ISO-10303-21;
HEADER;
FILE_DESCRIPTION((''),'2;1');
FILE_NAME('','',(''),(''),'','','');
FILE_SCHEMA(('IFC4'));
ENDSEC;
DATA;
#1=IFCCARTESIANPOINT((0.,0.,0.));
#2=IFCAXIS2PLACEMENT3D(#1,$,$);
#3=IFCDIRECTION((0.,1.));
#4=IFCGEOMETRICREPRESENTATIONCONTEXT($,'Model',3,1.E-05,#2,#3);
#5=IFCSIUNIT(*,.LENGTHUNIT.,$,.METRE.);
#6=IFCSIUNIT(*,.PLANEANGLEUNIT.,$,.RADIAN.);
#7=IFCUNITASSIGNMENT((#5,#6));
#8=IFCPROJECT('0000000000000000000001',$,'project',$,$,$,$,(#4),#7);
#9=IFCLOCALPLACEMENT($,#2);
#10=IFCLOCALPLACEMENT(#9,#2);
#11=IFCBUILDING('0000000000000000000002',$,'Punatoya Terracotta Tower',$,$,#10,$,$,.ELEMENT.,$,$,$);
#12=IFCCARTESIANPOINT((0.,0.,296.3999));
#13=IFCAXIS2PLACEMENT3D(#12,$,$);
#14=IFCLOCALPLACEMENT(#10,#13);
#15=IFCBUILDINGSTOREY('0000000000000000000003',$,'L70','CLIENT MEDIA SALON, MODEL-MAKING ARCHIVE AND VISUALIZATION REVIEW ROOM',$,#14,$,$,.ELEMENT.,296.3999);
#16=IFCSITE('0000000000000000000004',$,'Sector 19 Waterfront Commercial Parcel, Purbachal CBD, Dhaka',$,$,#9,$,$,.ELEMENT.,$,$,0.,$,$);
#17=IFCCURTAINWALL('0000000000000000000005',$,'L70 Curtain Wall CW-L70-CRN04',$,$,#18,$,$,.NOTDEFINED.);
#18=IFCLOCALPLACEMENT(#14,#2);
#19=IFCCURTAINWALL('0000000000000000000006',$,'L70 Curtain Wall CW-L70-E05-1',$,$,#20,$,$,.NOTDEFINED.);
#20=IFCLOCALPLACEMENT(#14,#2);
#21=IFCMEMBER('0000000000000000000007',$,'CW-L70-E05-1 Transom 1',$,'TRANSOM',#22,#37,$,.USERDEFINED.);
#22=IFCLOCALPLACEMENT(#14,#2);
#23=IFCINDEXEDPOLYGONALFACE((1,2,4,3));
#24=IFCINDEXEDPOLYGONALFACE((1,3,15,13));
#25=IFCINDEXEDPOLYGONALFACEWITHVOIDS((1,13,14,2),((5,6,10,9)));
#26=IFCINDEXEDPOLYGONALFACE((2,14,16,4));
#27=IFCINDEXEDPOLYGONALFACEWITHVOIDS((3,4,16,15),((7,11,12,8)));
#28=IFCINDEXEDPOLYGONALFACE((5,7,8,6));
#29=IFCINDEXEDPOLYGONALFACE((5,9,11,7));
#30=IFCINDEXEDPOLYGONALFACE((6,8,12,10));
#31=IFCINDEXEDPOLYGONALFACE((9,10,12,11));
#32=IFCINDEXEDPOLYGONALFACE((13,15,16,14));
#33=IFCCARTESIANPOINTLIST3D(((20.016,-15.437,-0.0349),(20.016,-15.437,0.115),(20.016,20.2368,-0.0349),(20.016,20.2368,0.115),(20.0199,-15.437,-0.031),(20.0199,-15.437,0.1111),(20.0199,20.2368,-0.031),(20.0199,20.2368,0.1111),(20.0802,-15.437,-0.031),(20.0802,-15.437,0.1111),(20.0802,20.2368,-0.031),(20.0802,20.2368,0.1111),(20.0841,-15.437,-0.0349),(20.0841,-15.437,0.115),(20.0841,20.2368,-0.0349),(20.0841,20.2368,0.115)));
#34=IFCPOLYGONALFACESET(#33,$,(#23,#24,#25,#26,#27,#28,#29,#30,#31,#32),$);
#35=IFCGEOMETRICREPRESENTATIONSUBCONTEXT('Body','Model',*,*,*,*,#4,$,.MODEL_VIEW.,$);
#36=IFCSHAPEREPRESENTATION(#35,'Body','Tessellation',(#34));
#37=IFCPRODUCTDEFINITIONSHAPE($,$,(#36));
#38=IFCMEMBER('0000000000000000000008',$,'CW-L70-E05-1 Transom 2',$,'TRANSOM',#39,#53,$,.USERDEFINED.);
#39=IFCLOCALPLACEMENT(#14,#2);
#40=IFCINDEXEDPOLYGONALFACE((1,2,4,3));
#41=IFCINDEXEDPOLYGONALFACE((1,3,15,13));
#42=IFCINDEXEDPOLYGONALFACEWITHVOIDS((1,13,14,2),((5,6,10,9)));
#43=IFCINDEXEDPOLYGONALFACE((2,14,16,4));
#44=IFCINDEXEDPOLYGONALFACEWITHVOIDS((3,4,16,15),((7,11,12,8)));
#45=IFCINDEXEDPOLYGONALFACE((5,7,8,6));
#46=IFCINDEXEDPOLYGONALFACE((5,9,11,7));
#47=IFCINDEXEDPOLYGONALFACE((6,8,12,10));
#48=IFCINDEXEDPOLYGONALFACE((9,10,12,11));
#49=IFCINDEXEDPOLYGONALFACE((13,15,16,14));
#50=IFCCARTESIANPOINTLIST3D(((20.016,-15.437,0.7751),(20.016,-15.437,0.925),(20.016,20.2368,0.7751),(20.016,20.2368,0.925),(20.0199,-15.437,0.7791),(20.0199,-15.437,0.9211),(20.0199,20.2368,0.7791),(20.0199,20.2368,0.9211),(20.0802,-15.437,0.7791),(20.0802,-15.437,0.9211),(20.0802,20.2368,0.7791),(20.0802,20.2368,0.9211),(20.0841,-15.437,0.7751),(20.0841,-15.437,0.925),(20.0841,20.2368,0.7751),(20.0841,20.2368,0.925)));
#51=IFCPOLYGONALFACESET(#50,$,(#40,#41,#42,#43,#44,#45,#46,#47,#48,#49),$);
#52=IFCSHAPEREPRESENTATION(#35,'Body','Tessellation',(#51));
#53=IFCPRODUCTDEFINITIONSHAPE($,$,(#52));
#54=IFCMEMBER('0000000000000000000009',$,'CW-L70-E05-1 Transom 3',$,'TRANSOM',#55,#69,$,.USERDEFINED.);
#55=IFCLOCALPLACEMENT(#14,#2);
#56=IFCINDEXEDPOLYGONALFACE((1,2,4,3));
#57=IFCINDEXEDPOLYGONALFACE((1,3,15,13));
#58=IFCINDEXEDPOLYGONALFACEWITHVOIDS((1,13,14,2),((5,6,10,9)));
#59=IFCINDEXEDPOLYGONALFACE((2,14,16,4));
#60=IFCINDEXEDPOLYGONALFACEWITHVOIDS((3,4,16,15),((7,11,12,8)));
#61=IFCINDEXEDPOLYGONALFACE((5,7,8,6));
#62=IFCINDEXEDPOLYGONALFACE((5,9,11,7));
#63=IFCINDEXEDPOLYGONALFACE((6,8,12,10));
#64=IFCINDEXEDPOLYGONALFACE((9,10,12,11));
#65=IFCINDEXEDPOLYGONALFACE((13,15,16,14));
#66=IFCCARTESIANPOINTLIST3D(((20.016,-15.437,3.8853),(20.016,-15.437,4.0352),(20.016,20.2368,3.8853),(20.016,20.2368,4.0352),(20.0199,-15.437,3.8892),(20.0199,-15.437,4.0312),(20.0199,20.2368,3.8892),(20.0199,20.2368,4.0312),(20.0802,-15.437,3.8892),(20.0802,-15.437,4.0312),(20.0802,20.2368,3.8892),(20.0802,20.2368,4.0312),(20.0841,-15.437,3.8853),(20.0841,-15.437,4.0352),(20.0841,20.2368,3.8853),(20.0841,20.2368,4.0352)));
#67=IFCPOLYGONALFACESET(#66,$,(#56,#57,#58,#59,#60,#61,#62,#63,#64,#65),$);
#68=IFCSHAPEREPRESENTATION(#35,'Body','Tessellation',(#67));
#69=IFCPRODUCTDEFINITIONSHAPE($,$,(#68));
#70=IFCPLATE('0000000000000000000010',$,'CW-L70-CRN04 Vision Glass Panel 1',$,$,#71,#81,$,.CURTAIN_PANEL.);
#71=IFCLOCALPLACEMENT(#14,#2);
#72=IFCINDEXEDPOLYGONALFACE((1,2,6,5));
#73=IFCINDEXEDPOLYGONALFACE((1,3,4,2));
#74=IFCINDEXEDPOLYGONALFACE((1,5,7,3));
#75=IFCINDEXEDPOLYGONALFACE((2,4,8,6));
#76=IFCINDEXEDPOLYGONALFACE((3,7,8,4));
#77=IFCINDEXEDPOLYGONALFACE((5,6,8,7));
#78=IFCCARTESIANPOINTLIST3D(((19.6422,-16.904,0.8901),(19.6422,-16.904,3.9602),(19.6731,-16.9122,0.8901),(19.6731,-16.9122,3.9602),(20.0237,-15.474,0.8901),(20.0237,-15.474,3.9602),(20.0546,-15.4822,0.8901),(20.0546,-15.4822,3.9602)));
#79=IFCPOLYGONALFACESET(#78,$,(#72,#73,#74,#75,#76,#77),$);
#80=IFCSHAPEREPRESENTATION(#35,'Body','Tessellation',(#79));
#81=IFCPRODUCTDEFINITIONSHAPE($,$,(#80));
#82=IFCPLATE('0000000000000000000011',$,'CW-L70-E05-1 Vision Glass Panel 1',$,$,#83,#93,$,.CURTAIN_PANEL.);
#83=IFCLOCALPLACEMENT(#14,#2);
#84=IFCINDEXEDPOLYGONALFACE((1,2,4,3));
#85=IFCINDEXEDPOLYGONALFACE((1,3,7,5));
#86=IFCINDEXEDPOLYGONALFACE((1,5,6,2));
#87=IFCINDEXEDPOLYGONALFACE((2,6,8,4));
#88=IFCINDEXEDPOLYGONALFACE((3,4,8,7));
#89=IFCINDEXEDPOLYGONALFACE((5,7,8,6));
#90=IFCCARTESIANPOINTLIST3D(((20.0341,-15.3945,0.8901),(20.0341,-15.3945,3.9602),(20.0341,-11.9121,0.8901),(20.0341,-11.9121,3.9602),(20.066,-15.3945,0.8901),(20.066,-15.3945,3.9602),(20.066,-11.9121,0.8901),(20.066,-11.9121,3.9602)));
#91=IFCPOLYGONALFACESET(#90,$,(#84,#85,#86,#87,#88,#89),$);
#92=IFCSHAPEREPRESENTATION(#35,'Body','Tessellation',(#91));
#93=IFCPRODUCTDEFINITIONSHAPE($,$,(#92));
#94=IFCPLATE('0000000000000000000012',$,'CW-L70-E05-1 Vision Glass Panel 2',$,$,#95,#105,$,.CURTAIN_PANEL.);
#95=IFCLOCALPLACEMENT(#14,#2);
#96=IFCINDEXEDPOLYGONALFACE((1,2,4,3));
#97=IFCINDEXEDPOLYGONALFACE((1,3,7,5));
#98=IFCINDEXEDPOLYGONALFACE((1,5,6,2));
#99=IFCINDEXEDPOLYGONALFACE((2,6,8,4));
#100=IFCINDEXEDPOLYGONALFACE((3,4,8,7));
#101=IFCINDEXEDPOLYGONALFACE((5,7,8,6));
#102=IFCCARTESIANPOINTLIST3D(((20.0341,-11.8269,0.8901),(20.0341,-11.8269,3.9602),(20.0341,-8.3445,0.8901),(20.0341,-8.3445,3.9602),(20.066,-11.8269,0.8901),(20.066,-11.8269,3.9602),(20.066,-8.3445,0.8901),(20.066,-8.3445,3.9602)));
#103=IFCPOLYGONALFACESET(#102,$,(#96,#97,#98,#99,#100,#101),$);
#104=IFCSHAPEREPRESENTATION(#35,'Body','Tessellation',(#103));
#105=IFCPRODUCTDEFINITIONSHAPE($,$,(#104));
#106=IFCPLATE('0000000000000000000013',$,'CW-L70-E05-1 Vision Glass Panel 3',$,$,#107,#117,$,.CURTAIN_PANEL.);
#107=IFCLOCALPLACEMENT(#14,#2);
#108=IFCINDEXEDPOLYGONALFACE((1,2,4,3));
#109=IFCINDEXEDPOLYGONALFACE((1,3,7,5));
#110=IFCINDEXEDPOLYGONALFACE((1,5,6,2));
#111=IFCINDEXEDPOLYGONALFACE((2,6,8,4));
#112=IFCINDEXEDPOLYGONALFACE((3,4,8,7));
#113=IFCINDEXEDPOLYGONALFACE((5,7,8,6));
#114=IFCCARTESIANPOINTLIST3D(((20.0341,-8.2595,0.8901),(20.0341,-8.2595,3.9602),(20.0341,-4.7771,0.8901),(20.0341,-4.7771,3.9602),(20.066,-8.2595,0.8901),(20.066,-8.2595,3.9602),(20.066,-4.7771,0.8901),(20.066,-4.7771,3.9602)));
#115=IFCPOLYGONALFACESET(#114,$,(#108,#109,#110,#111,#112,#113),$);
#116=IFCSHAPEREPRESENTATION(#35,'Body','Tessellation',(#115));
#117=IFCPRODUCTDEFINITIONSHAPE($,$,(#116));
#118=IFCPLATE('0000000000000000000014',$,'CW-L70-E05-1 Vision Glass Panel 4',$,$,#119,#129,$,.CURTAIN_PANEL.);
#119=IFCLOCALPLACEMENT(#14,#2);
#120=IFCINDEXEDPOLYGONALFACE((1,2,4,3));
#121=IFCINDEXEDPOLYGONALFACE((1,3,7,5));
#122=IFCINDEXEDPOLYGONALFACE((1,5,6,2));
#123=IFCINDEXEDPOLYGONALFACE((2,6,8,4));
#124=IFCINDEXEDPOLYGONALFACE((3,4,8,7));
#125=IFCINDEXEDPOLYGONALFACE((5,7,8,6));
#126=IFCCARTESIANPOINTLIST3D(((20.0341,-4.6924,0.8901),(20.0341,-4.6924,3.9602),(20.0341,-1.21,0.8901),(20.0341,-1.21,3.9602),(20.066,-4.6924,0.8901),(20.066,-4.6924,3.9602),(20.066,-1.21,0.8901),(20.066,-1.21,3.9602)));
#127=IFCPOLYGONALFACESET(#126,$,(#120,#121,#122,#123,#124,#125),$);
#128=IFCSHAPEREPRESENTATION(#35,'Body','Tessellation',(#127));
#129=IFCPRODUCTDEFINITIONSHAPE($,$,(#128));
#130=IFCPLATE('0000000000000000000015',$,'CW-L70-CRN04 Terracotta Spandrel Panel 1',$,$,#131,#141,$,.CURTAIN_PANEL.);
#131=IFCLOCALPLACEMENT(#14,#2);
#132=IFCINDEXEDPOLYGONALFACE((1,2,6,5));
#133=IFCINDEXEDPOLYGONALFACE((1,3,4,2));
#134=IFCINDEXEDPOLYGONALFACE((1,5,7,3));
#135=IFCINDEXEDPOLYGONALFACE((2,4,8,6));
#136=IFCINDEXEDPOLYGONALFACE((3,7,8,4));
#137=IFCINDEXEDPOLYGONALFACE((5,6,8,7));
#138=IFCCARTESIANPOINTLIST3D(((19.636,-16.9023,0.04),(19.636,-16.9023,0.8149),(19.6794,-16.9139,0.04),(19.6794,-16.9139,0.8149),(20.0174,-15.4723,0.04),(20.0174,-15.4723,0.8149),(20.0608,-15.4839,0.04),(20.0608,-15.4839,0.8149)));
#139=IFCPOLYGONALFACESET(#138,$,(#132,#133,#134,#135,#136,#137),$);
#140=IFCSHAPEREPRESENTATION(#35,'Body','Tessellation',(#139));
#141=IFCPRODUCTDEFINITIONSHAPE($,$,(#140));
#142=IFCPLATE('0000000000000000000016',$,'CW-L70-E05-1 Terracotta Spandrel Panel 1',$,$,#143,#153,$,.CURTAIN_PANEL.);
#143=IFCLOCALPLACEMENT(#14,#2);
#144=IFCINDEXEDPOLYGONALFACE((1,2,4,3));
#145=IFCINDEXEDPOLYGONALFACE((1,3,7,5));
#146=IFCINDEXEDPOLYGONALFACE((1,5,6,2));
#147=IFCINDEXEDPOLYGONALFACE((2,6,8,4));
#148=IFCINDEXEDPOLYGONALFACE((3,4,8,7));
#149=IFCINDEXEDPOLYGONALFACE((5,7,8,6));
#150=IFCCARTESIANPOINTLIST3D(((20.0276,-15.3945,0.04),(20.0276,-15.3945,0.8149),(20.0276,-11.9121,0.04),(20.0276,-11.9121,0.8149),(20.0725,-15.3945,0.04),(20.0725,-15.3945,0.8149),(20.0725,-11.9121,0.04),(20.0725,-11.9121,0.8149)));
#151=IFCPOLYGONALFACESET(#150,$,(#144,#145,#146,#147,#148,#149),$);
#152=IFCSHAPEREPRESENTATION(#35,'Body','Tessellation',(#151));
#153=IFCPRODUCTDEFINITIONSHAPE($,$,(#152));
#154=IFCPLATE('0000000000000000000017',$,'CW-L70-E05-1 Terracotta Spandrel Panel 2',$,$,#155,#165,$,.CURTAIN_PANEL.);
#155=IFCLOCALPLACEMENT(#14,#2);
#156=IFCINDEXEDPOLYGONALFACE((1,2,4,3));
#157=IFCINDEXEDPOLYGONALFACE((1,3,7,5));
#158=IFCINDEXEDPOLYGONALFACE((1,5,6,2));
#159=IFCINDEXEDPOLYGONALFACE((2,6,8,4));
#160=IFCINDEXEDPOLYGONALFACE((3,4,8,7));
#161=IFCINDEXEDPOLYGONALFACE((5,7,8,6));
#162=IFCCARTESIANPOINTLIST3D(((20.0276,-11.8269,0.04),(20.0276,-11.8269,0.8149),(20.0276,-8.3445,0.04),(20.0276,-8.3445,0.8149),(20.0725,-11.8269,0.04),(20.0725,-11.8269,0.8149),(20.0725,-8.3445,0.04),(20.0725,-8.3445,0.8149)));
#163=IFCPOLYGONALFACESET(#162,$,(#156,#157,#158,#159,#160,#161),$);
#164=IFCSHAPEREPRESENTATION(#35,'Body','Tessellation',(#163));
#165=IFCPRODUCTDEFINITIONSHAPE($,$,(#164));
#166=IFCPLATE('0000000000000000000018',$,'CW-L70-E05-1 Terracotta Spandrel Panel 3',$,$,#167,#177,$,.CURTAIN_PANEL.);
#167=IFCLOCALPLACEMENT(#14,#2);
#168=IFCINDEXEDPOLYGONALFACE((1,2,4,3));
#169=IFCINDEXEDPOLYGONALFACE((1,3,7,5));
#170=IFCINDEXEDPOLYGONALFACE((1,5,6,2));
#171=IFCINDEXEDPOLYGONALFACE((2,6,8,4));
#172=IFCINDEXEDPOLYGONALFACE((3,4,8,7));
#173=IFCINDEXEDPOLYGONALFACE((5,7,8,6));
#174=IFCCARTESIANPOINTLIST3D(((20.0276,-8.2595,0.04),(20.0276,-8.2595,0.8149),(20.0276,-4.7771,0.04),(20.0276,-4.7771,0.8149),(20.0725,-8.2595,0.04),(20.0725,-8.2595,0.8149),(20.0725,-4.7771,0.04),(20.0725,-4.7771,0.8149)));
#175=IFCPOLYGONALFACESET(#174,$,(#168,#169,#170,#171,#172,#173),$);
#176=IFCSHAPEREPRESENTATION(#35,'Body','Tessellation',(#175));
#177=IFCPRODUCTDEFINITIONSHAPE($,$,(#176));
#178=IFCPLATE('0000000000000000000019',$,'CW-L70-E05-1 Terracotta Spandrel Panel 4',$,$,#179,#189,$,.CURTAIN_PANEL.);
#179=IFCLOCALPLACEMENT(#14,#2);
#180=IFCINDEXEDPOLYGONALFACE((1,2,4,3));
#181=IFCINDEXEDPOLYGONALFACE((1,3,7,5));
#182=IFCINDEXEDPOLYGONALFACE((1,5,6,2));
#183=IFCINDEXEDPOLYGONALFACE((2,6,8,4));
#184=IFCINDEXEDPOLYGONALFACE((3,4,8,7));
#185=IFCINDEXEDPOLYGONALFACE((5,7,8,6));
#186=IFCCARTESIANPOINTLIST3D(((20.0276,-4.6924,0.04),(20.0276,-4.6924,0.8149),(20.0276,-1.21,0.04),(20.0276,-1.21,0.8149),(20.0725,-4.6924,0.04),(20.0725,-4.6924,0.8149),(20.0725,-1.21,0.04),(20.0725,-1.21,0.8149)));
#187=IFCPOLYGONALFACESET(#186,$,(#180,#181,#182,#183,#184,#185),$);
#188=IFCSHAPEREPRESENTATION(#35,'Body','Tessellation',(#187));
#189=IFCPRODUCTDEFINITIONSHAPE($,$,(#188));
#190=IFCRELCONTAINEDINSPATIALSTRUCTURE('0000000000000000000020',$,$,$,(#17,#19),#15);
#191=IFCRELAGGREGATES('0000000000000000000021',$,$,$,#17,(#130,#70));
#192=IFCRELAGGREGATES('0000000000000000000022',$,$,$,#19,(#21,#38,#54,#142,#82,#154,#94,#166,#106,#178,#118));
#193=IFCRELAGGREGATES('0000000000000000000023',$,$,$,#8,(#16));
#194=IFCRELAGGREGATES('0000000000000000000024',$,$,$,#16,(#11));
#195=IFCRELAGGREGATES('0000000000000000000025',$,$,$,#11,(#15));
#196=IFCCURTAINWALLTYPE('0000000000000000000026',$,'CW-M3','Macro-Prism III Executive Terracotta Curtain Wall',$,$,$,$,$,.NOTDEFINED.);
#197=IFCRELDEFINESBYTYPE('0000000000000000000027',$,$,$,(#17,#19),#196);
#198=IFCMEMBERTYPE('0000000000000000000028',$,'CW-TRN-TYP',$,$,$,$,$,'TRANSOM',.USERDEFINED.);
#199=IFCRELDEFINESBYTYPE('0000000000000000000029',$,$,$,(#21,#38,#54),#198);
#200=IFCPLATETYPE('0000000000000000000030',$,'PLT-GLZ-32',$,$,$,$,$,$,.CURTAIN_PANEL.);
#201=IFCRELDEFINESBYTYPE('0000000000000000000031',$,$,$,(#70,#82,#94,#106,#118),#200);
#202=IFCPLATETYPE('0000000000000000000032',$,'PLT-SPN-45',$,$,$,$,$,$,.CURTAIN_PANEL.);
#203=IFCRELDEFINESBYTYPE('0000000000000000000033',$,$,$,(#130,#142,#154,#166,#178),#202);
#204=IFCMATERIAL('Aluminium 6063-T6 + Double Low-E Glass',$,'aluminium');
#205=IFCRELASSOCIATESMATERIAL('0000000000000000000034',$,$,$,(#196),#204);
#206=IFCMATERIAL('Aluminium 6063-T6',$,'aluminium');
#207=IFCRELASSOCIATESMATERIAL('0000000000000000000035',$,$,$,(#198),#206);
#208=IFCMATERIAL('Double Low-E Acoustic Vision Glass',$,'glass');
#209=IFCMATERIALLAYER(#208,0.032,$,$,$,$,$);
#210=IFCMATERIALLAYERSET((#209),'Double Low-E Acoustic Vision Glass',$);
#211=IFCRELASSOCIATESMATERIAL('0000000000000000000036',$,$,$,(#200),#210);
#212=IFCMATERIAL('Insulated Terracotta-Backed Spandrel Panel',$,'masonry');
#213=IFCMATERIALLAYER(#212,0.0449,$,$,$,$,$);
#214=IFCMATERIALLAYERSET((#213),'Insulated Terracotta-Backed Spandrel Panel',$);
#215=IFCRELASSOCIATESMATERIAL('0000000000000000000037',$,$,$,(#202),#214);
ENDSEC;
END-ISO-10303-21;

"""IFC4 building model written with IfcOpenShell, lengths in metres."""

from ifc_helpers import new_model, si_unit, direction, frame, origin, origin_2d, place, context, subcontext, project, spatial, rectangle, hollow_rectangle, extrude, material, layer, layer_set, material_profile, profile_set, type_object, element, aggregate, save


model = new_model("IFC4")

# Units and contexts
model_context = context("Model", 3, precision=1e-05, world=origin(), true_north=direction((0.0, 1.0)))
body_context = subcontext(model_context, "Body", "Model", "MODEL_VIEW")
ifc_project = project(units=[si_unit("LENGTHUNIT", "METRE"), si_unit("PLANEANGLEUNIT", "RADIAN")], contexts=[model_context])

# Site, building, storey
site_placement = place(None, origin())
site = spatial("IfcSite", under=ifc_project, at=site_placement, Name="Sector 19 Waterfront Commercial Parcel, Purbachal CBD, Dhaka", CompositionType="ELEMENT", RefElevation=0.0)
building_placement = place(site_placement, origin())
building = spatial("IfcBuilding", under=site, at=building_placement, Name="Punatoya Terracotta Tower", CompositionType="ELEMENT")
storey_placement = place(building_placement, frame((0.0, 0.0, 296.3999)))
storey = spatial("IfcBuildingStorey", under=building, at=storey_placement, Name="L70", Description="CLIENT MEDIA SALON, MODEL-MAKING ARCHIVE AND VISUALIZATION REVIEW ROOM", CompositionType="ELEMENT", Elevation=296.3999)

# Curtain walls, members
ifc_material_1 = material(Name="Aluminium 6063-T6 + Double Low-E Glass", Category="aluminium")
curtain_wall_type = type_object("IfcCurtainWallType", Name="CW-M3", Description="Macro-Prism III Executive Terracotta Curtain Wall", PredefinedType="NOTDEFINED", material=ifc_material_1)
curtain_wall_1_placement = place(storey_placement, origin())
curtain_wall_1 = element("IfcCurtainWall", 1, at=curtain_wall_1_placement, inside=storey, type_object=curtain_wall_type, Name="L70 Curtain Wall CW-L70-CRN04", PredefinedType="NOTDEFINED")
ifc_material_2 = material(Name="Aluminium 6063-T6", Category="aluminium")
curtain_wall_2_placement = place(storey_placement, origin())
curtain_wall_2 = element("IfcCurtainWall", 2, at=curtain_wall_2_placement, inside=storey, type_object=curtain_wall_type, Name="L70 Curtain Wall CW-L70-E05-1", PredefinedType="NOTDEFINED")
ifc_material_profile_1 = material_profile(ifc_material_2, hollow_rectangle(XDim=0.0681, YDim=0.1499, WallThickness=0.0039, at=origin_2d()))
ifc_profile_set_1 = profile_set([ifc_material_profile_1], Name="Aluminium 6063-T6")
member_type_1 = type_object("IfcMemberType", Name="CW-TRN-TYP", ElementType="TRANSOM", PredefinedType="USERDEFINED", material=ifc_profile_set_1)
member_1_placement = place(storey_placement, frame((20.05, -15.437, 0.04), z_axis=(0.0, 1.0, 0.0), x_axis=(-1.0, 0.0, 0.0)))
member_1 = element("IfcMember", 3, at=member_1_placement, type_object=member_type_1, Name="CW-L70-E05-1 Transom 1", ObjectType="TRANSOM", PredefinedType="USERDEFINED", context=body_context, shape_type="SweptSolid", body=[
    extrude(hollow_rectangle(XDim=0.0681, YDim=0.1499, WallThickness=0.0039, at=origin_2d()), origin(), (0.0, 0.0, 1.0), 35.6738),
])
member_2_placement = place(storey_placement, frame((20.05, -15.437, 0.8501), z_axis=(0.0, 1.0, 0.0), x_axis=(-1.0, 0.0, 0.0)))
member_2 = element("IfcMember", 4, at=member_2_placement, type_object=member_type_1, Name="CW-L70-E05-1 Transom 2", ObjectType="TRANSOM", PredefinedType="USERDEFINED", context=body_context, shape_type="SweptSolid", body=[
    extrude(hollow_rectangle(XDim=0.0681, YDim=0.1499, WallThickness=0.0039, at=origin_2d()), origin(), (0.0, 0.0, 1.0), 35.6738),
])
member_3_placement = place(storey_placement, frame((20.05, -15.437, 3.9602), z_axis=(0.0, 1.0, 0.0), x_axis=(-1.0, 0.0, 0.0)))
member_3 = element("IfcMember", 5, at=member_3_placement, type_object=member_type_1, Name="CW-L70-E05-1 Transom 3", ObjectType="TRANSOM", PredefinedType="USERDEFINED", context=body_context, shape_type="SweptSolid", body=[
    extrude(hollow_rectangle(XDim=0.0681, YDim=0.1499, WallThickness=0.0039, at=origin_2d()), origin(), (0.0, 0.0, 1.0), 35.6738),
])

# Plates
ifc_material_3 = material(Name="Double Low-E Acoustic Vision Glass", Category="glass")
ifc_layer_1 = layer(ifc_material_3, 0.032)
ifc_layer_set_1 = layer_set([ifc_layer_1], Name="Double Low-E Acoustic Vision Glass")
plate_type_1 = type_object("IfcPlateType", Name="PLT-GLZ-32", PredefinedType="CURTAIN_PANEL", material=ifc_layer_set_1)
plate_1_placement = place(storey_placement, frame((19.8484, -16.1931, 0.8901), z_axis=(0.0, 0.0, 1.0), x_axis=(0.257742, 0.966214, 0.0)))
plate_1 = element("IfcPlate", 6, at=plate_1_placement, type_object=plate_type_1, Name="CW-L70-CRN04 Vision Glass Panel 1", PredefinedType="CURTAIN_PANEL", context=body_context, shape_type="SweptSolid", body=[
    extrude(rectangle(XDim=1.48, YDim=0.032, at=origin_2d()), origin(), (0.0, 0.0, 1.0), 3.0701),
])
plate_2_placement = place(storey_placement, frame((20.05, -13.6533, 0.8901), z_axis=(0.0, 0.0, 1.0), x_axis=(0.0, 1.0, 0.0)))
plate_2 = element("IfcPlate", 7, at=plate_2_placement, type_object=plate_type_1, Name="CW-L70-E05-1 Vision Glass Panel 1", PredefinedType="CURTAIN_PANEL", context=body_context, shape_type="SweptSolid", body=[
    extrude(rectangle(XDim=3.4824, YDim=0.032, at=origin_2d()), origin(), (0.0, 0.0, 1.0), 3.0701),
])
plate_3_placement = place(storey_placement, frame((20.05, -10.0857, 0.8901), z_axis=(0.0, 0.0, 1.0), x_axis=(0.0, 1.0, 0.0)))
plate_3 = element("IfcPlate", 8, at=plate_3_placement, type_object=plate_type_1, Name="CW-L70-E05-1 Vision Glass Panel 2", PredefinedType="CURTAIN_PANEL", context=body_context, shape_type="SweptSolid", body=[
    extrude(rectangle(XDim=3.4824, YDim=0.032, at=origin_2d()), origin(), (0.0, 0.0, 1.0), 3.0701),
])
plate_4_placement = place(storey_placement, frame((20.05, -6.5183, 0.8901), z_axis=(0.0, 0.0, 1.0), x_axis=(0.0, 1.0, 0.0)))
plate_4 = element("IfcPlate", 9, at=plate_4_placement, type_object=plate_type_1, Name="CW-L70-E05-1 Vision Glass Panel 3", PredefinedType="CURTAIN_PANEL", context=body_context, shape_type="SweptSolid", body=[
    extrude(rectangle(XDim=3.4824, YDim=0.032, at=origin_2d()), origin(), (0.0, 0.0, 1.0), 3.0701),
])
plate_5_placement = place(storey_placement, frame((20.05, -2.9512, 0.8901), z_axis=(0.0, 0.0, 1.0), x_axis=(0.0, 1.0, 0.0)))
plate_5 = element("IfcPlate", 10, at=plate_5_placement, type_object=plate_type_1, Name="CW-L70-E05-1 Vision Glass Panel 4", PredefinedType="CURTAIN_PANEL", context=body_context, shape_type="SweptSolid", body=[
    extrude(rectangle(XDim=3.4824, YDim=0.032, at=origin_2d()), origin(), (0.0, 0.0, 1.0), 3.0701),
])
ifc_material_4 = material(Name="Insulated Terracotta-Backed Spandrel Panel", Category="masonry")
ifc_layer_2 = layer(ifc_material_4, 0.0449)
ifc_layer_set_2 = layer_set([ifc_layer_2], Name="Insulated Terracotta-Backed Spandrel Panel")
plate_type_2 = type_object("IfcPlateType", Name="PLT-SPN-45", PredefinedType="CURTAIN_PANEL", material=ifc_layer_set_2)
plate_6_placement = place(storey_placement, frame((19.8484, -16.1931, 0.04), z_axis=(0.0, 0.0, 1.0), x_axis=(0.257742, 0.966214, 0.0)))
plate_6 = element("IfcPlate", 11, at=plate_6_placement, type_object=plate_type_2, Name="CW-L70-CRN04 Terracotta Spandrel Panel 1", PredefinedType="CURTAIN_PANEL", context=body_context, shape_type="SweptSolid", body=[
    extrude(rectangle(XDim=1.48, YDim=0.0449, at=origin_2d()), origin(), (0.0, 0.0, 1.0), 0.7749),
])
aggregate(curtain_wall_1, [plate_6, plate_1])
plate_7_placement = place(storey_placement, frame((20.05, -13.6533, 0.04), z_axis=(0.0, 0.0, 1.0), x_axis=(0.0, 1.0, 0.0)))
plate_7 = element("IfcPlate", 12, at=plate_7_placement, type_object=plate_type_2, Name="CW-L70-E05-1 Terracotta Spandrel Panel 1", PredefinedType="CURTAIN_PANEL", context=body_context, shape_type="SweptSolid", body=[
    extrude(rectangle(XDim=3.4824, YDim=0.0449, at=origin_2d()), origin(), (0.0, 0.0, 1.0), 0.7749),
])
plate_8_placement = place(storey_placement, frame((20.05, -10.0857, 0.04), z_axis=(0.0, 0.0, 1.0), x_axis=(0.0, 1.0, 0.0)))
plate_8 = element("IfcPlate", 13, at=plate_8_placement, type_object=plate_type_2, Name="CW-L70-E05-1 Terracotta Spandrel Panel 2", PredefinedType="CURTAIN_PANEL", context=body_context, shape_type="SweptSolid", body=[
    extrude(rectangle(XDim=3.4824, YDim=0.0449, at=origin_2d()), origin(), (0.0, 0.0, 1.0), 0.7749),
])
plate_9_placement = place(storey_placement, frame((20.05, -6.5183, 0.04), z_axis=(0.0, 0.0, 1.0), x_axis=(0.0, 1.0, 0.0)))
plate_9 = element("IfcPlate", 14, at=plate_9_placement, type_object=plate_type_2, Name="CW-L70-E05-1 Terracotta Spandrel Panel 3", PredefinedType="CURTAIN_PANEL", context=body_context, shape_type="SweptSolid", body=[
    extrude(rectangle(XDim=3.4824, YDim=0.0449, at=origin_2d()), origin(), (0.0, 0.0, 1.0), 0.7749),
])
plate_10_placement = place(storey_placement, frame((20.05, -2.9512, 0.04), z_axis=(0.0, 0.0, 1.0), x_axis=(0.0, 1.0, 0.0)))
plate_10 = element("IfcPlate", 15, at=plate_10_placement, type_object=plate_type_2, Name="CW-L70-E05-1 Terracotta Spandrel Panel 4", PredefinedType="CURTAIN_PANEL", context=body_context, shape_type="SweptSolid", body=[
    extrude(rectangle(XDim=3.4824, YDim=0.0449, at=origin_2d()), origin(), (0.0, 0.0, 1.0), 0.7749),
])
aggregate(curtain_wall_2, [member_1, member_2, member_3, plate_7, plate_2, plate_8, plate_3, plate_9, plate_4, plate_10, plate_5])

save(model, "model.ifc")
